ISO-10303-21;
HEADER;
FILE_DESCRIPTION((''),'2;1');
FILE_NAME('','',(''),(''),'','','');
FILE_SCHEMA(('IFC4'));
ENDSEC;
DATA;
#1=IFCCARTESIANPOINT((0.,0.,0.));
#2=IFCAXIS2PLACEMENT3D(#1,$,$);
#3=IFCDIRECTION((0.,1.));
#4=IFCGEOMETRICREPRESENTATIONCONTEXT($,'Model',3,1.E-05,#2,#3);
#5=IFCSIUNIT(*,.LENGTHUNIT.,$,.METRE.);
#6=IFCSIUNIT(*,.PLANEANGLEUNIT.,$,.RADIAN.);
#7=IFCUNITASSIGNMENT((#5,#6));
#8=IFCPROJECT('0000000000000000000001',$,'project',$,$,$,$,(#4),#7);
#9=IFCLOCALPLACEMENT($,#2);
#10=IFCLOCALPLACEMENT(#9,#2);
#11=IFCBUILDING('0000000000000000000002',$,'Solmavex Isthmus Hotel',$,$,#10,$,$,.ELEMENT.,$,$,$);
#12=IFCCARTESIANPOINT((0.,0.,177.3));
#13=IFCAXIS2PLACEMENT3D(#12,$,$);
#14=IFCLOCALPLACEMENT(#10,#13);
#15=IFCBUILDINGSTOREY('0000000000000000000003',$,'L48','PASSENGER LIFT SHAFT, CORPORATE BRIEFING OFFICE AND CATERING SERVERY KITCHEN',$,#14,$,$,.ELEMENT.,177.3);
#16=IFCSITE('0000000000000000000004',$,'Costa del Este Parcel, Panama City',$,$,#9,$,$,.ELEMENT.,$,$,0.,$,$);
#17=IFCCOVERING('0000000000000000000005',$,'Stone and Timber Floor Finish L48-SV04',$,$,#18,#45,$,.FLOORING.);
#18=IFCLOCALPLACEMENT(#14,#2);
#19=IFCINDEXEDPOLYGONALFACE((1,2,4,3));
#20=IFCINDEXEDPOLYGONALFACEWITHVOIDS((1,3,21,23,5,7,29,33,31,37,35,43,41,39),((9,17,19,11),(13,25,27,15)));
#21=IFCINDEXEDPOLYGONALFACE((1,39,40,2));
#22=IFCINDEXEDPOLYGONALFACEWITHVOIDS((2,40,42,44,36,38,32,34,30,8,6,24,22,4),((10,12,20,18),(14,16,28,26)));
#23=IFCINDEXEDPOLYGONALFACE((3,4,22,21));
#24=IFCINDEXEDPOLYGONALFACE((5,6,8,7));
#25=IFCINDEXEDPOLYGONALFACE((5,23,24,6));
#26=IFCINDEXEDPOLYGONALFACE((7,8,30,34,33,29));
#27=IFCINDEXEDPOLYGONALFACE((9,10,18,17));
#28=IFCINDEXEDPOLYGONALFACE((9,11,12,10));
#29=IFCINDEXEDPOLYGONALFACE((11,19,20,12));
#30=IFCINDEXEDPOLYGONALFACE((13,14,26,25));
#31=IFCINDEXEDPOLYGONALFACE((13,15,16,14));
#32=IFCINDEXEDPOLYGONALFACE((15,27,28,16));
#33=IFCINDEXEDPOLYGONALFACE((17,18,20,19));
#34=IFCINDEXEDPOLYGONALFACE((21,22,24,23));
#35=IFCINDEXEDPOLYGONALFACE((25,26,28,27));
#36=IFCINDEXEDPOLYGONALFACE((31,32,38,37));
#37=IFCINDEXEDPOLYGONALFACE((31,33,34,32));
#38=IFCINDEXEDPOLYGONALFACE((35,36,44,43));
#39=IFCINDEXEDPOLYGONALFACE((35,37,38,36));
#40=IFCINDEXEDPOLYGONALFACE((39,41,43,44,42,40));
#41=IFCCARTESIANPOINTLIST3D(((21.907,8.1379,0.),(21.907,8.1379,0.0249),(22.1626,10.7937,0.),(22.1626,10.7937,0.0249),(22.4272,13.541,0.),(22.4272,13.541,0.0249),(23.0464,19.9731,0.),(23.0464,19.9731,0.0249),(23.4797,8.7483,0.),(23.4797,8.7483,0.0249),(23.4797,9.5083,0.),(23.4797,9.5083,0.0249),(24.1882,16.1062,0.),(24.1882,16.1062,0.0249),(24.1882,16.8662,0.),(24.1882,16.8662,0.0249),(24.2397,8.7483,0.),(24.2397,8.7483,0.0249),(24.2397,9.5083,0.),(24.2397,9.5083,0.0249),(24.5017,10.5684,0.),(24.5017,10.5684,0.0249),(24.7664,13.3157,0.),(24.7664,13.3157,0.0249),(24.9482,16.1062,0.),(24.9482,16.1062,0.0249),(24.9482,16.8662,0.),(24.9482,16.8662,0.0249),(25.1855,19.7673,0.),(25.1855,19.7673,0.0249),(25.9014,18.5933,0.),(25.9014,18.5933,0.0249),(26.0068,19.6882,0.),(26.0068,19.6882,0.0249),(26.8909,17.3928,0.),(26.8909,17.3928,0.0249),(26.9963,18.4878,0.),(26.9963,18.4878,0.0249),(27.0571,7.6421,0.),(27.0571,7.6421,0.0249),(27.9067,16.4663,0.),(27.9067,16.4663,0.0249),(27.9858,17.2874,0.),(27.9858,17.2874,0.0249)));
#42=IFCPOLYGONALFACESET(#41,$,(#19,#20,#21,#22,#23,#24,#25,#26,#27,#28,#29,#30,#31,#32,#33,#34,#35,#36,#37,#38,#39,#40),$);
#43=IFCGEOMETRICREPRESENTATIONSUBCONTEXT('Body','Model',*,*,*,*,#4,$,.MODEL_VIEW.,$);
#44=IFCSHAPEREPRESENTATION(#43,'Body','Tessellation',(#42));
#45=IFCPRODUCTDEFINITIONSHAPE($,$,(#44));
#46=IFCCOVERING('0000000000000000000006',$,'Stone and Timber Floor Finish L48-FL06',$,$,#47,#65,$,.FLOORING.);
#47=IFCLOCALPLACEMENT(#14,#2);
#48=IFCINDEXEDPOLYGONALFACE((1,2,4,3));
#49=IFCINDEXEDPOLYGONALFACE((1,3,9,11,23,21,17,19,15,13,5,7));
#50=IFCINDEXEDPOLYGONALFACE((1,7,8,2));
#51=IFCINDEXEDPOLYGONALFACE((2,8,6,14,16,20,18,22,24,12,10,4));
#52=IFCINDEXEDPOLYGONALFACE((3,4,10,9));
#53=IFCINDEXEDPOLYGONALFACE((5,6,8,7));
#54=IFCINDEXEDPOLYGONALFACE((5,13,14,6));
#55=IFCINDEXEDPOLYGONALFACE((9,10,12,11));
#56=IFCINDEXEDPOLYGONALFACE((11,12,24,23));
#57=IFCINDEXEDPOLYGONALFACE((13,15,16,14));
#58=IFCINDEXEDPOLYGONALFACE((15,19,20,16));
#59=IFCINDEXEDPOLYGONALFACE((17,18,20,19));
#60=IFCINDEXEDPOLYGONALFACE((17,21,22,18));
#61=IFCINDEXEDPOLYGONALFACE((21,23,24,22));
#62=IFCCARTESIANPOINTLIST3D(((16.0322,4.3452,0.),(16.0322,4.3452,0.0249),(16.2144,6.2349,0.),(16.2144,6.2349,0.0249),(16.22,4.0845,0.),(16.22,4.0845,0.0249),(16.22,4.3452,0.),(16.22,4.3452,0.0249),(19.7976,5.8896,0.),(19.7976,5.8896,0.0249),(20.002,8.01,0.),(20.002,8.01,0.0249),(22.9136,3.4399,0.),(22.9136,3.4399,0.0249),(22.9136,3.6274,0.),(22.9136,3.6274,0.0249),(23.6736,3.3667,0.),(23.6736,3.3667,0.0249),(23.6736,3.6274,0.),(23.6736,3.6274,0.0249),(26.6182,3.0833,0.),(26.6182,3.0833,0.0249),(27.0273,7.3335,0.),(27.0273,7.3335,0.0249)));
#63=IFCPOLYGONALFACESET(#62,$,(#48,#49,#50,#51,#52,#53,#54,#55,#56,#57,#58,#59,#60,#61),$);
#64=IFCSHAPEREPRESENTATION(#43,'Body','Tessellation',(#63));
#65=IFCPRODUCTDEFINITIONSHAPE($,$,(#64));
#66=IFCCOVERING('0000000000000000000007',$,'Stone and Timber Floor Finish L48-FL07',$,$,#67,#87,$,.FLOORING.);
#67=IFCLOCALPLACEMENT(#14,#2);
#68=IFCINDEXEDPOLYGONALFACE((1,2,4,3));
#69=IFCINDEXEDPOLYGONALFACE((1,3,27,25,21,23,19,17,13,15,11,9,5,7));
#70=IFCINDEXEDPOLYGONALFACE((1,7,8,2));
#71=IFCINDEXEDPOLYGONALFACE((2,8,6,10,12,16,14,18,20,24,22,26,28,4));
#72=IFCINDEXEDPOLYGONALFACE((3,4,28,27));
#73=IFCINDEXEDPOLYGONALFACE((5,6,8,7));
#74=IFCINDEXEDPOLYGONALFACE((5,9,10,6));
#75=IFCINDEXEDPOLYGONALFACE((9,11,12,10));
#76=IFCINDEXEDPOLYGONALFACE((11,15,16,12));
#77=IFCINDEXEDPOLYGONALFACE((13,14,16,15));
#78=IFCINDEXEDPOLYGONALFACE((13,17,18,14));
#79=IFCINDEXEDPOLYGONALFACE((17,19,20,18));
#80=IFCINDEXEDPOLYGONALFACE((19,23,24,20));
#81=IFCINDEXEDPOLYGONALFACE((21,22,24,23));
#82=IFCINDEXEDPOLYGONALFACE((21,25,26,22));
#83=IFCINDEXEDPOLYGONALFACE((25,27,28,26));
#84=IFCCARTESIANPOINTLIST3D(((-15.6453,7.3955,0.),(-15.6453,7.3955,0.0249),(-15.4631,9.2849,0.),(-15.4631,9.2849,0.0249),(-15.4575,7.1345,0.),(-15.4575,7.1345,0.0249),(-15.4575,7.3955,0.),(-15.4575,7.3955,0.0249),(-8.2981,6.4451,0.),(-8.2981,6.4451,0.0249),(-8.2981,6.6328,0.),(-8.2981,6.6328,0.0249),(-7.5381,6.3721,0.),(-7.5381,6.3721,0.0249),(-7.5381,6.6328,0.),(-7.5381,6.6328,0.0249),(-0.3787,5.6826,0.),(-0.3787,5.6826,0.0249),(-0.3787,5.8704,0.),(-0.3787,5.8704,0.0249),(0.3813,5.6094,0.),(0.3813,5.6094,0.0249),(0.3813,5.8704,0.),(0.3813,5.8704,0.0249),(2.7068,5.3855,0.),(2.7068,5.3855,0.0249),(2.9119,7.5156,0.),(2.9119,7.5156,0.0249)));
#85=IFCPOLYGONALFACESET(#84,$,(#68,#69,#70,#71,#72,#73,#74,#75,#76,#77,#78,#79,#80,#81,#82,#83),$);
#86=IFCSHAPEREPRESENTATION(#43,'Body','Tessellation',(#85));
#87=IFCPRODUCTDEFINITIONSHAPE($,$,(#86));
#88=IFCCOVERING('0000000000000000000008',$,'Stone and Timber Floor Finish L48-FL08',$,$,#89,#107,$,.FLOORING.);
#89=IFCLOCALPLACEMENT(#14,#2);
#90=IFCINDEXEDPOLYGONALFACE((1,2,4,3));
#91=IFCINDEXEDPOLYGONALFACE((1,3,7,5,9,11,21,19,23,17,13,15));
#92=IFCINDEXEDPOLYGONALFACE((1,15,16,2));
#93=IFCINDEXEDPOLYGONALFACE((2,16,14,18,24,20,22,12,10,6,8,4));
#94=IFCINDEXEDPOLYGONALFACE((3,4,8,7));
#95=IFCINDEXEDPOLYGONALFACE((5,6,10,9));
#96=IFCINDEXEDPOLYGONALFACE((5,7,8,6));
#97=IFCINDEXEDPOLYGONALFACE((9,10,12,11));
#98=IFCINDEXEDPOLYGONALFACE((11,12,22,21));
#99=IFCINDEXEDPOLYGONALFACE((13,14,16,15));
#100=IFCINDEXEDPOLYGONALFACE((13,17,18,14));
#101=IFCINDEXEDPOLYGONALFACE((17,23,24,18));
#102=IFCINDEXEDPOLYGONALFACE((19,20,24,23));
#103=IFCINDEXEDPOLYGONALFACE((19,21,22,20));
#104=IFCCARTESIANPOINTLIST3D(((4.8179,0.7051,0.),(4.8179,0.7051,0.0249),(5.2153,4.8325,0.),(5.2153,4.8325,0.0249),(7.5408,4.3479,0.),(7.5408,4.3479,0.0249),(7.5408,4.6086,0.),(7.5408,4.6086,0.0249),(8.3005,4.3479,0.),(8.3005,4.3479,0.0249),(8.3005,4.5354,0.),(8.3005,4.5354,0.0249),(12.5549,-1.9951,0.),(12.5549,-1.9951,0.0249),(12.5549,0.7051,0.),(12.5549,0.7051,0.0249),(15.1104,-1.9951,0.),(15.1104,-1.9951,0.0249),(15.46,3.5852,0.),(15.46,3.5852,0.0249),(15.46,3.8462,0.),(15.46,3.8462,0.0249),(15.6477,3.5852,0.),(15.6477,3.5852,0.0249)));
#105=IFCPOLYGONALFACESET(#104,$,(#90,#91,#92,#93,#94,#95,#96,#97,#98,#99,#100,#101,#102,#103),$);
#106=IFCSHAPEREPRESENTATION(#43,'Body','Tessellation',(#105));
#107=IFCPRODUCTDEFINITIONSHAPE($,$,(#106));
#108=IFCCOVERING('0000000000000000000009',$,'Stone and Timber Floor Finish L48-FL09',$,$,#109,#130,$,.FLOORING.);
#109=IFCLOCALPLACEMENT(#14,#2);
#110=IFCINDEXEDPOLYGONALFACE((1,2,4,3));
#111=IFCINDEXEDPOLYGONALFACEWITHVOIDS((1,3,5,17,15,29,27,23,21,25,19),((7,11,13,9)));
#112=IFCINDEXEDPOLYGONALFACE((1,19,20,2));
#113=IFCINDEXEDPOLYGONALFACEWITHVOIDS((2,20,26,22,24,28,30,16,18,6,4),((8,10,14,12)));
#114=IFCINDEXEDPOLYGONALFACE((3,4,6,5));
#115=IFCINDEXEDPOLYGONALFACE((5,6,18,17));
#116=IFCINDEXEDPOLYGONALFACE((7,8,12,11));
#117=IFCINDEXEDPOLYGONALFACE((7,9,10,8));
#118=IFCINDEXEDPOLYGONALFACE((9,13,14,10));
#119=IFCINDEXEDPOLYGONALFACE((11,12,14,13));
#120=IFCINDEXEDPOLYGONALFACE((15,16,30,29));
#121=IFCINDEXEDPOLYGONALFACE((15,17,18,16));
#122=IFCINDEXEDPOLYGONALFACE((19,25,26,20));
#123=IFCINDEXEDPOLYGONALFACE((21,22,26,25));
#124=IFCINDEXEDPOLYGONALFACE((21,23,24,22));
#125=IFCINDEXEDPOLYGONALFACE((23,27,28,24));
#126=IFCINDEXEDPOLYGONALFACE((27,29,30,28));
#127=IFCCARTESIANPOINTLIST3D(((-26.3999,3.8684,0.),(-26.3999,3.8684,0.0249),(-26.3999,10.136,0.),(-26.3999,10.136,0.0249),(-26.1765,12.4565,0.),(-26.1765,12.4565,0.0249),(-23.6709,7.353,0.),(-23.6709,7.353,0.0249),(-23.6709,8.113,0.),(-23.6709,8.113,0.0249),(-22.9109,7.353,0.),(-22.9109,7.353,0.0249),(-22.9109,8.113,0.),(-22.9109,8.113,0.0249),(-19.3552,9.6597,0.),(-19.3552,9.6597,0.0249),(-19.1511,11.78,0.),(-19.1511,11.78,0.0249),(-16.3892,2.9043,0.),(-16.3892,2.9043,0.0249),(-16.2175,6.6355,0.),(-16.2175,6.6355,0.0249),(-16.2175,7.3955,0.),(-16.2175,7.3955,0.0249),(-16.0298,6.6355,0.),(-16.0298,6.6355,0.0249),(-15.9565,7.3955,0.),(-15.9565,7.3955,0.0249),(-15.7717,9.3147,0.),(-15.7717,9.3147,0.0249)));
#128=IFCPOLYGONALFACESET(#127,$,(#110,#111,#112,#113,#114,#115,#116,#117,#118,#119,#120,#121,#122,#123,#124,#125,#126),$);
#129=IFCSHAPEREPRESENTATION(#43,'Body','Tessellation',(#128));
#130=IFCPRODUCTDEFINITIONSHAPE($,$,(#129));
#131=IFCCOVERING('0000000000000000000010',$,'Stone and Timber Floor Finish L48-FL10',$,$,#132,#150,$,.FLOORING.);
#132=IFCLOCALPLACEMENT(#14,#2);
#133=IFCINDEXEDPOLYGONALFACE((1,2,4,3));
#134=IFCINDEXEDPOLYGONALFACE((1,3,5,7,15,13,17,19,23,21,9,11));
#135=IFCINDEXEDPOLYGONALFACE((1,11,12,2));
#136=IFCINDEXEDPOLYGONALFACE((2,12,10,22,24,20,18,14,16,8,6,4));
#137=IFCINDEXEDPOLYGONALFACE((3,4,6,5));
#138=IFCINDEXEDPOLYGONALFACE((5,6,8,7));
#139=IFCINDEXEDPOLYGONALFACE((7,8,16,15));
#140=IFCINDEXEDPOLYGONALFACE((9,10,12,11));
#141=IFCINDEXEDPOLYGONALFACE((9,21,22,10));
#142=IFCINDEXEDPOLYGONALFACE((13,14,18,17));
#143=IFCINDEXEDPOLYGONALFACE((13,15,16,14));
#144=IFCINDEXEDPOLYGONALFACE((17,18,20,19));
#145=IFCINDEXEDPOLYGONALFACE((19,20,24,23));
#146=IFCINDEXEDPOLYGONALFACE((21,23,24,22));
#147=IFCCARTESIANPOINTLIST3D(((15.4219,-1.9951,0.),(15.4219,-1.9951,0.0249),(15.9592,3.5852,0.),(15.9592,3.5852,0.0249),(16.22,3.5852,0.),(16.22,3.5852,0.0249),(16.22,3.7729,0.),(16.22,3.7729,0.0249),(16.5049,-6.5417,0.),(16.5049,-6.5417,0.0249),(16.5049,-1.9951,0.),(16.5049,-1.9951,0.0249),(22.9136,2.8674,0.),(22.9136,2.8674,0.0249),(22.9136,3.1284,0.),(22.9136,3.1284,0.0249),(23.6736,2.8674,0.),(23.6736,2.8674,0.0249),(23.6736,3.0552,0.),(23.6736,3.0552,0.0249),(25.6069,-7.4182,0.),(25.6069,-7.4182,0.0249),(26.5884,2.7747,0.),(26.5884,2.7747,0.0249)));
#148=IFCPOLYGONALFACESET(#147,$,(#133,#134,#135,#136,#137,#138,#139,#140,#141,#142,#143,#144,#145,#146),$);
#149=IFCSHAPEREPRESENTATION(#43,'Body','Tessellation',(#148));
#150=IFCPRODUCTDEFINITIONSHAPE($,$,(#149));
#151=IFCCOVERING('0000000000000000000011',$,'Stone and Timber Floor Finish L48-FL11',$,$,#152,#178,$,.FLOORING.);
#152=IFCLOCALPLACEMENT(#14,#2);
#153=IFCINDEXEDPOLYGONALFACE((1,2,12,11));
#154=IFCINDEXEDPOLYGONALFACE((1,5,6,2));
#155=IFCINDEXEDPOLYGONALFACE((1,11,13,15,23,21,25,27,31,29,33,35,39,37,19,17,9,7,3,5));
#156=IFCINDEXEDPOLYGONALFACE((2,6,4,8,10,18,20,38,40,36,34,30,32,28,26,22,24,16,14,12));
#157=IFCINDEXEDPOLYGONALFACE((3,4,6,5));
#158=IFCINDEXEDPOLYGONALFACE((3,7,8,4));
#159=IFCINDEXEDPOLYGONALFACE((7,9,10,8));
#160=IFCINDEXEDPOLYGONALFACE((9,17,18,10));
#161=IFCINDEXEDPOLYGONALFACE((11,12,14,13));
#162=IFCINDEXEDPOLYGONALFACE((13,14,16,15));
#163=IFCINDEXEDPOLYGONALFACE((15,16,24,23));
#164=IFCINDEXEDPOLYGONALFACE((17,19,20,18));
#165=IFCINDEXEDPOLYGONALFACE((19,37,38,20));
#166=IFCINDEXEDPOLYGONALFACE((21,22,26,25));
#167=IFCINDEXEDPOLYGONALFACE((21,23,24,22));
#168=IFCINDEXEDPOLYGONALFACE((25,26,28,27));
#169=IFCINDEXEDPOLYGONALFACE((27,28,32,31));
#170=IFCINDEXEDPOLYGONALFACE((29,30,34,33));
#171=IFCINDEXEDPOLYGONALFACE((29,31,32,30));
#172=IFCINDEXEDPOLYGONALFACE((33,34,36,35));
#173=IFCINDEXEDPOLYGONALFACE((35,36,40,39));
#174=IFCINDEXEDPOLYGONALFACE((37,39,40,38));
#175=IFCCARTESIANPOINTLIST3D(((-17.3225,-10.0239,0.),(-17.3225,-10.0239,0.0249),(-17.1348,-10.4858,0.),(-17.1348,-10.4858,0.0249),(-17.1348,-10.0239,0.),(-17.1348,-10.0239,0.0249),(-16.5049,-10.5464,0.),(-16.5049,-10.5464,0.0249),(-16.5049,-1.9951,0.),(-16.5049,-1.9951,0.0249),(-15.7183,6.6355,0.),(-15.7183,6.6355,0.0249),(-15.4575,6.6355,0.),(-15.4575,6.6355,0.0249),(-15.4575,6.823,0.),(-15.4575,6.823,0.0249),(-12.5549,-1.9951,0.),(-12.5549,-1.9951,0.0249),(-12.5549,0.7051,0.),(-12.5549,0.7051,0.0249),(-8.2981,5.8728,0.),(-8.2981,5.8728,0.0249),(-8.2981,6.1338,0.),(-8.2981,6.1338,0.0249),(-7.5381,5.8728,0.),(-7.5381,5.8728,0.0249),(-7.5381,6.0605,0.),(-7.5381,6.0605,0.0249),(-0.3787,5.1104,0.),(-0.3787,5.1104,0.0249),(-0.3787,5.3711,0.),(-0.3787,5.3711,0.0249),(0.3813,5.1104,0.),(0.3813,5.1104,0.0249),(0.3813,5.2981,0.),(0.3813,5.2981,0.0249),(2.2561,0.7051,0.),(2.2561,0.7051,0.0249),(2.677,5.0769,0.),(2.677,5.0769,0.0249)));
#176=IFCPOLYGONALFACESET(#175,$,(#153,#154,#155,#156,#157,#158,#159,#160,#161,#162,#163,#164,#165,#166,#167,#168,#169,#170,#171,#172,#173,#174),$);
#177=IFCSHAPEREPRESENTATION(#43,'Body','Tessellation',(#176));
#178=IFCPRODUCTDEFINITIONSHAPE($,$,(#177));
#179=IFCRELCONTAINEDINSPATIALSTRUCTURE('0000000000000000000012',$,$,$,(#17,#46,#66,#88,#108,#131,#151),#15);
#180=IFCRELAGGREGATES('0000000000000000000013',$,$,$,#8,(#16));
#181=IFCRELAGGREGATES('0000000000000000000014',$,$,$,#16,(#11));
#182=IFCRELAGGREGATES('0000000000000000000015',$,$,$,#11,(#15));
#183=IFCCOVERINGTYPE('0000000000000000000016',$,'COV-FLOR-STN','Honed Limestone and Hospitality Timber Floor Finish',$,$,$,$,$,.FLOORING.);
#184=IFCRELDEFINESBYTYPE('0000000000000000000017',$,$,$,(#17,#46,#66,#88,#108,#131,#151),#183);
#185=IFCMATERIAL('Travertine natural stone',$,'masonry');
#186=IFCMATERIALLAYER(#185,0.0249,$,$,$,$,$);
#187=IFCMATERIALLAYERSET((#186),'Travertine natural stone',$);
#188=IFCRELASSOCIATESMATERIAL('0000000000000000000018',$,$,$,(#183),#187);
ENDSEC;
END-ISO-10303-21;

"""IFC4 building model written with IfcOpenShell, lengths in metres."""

from ifc_helpers import new_model, si_unit, direction, frame, origin, place, context, subcontext, project, spatial, polyline, outline, extrude, material, layer, layer_set, type_object, element, save


model = new_model("IFC4")

# Units and contexts
model_context = context("Model", 3, precision=1e-05, world=origin(), true_north=direction((0.0, 1.0)))
body_context = subcontext(model_context, "Body", "Model", "MODEL_VIEW")
ifc_project = project(units=[si_unit("LENGTHUNIT", "METRE"), si_unit("PLANEANGLEUNIT", "RADIAN")], contexts=[model_context])

# Site, building, storey
site_placement = place(None, origin())
site = spatial("IfcSite", under=ifc_project, at=site_placement, Name="Costa del Este Parcel, Panama City", CompositionType="ELEMENT", RefElevation=0.0)
building_placement = place(site_placement, origin())
building = spatial("IfcBuilding", under=site, at=building_placement, Name="Solmavex Isthmus Hotel", CompositionType="ELEMENT")
storey_placement = place(building_placement, frame((0.0, 0.0, 177.3)))
storey = spatial("IfcBuildingStorey", under=building, at=storey_placement, Name="L48", Description="PASSENGER LIFT SHAFT, CORPORATE BRIEFING OFFICE AND CATERING SERVERY KITCHEN", CompositionType="ELEMENT", Elevation=177.3)

# Coverings
ifc_material_1 = material(Name="Travertine natural stone", Category="masonry")
ifc_layer_1 = layer(ifc_material_1, 0.0249)
ifc_layer_set_1 = layer_set([ifc_layer_1], Name="Travertine natural stone")
covering_type_1 = type_object("IfcCoveringType", Name="COV-FLOR-STN", Description="Honed Limestone and Hospitality Timber Floor Finish", PredefinedType="FLOORING", material=ifc_layer_set_1)
covering_1_placement = place(storey_placement, origin())
element("IfcCovering", 1, at=covering_1_placement, inside=storey, type_object=covering_type_1, Name="Stone and Timber Floor Finish L48-SV04", PredefinedType="FLOORING", context=body_context, shape_type="SweptSolid", body=[
    extrude(outline(polyline([(25.9014, 18.5933), (26.0068, 19.6882), (25.1855, 19.7673), (23.0464, 19.9731), (22.4272, 13.541), (24.7664, 13.3157), (24.5017, 10.5684), (22.1626, 10.7937), (21.907, 8.1379), (27.0571, 7.6421), (27.9067, 16.4663), (27.9858, 17.2874), (26.8909, 17.3928), (26.9963, 18.4878), (25.9014, 18.5933)]), holes=[polyline([(24.1882, 16.1062), (24.1882, 16.8662), (24.9482, 16.8662), (24.9482, 16.1062), (24.1882, 16.1062)]), polyline([(23.4797, 8.7483), (23.4797, 9.5083), (24.2397, 9.5083), (24.2397, 8.7483), (23.4797, 8.7483)])]), origin(), (0.0, 0.0, 1.0), 0.0249),
])
covering_2_placement = place(storey_placement, origin())
element("IfcCovering", 2, at=covering_2_placement, inside=storey, type_object=covering_type_1, Name="Stone and Timber Floor Finish L48-FL06", PredefinedType="FLOORING", context=body_context, shape_type="SweptSolid", body=[
    extrude(outline(polyline([(22.9136, 3.4399), (22.9136, 3.6274), (23.6736, 3.6274), (23.6736, 3.3667), (26.6182, 3.0833), (27.0273, 7.3335), (20.002, 8.01), (19.7976, 5.8896), (16.2144, 6.2349), (16.0322, 4.3452), (16.22, 4.3452), (16.22, 4.0845), (22.9136, 3.4399)])), origin(), (0.0, 0.0, 1.0), 0.0249),
])
covering_3_placement = place(storey_placement, origin())
element("IfcCovering", 3, at=covering_3_placement, inside=storey, type_object=covering_type_1, Name="Stone and Timber Floor Finish L48-FL07", PredefinedType="FLOORING", context=body_context, shape_type="SweptSolid", body=[
    extrude(outline(polyline([(-0.3787, 5.6826), (-0.3787, 5.8704), (0.3813, 5.8704), (0.3813, 5.6094), (2.7068, 5.3855), (2.9119, 7.5156), (-15.4631, 9.2849), (-15.6453, 7.3955), (-15.4575, 7.3955), (-15.4575, 7.1345), (-8.2981, 6.4451), (-8.2981, 6.6328), (-7.5381, 6.6328), (-7.5381, 6.3721), (-0.3787, 5.6826)])), origin(), (0.0, 0.0, 1.0), 0.0249),
])
covering_4_placement = place(storey_placement, origin())
element("IfcCovering", 4, at=covering_4_placement, inside=storey, type_object=covering_type_1, Name="Stone and Timber Floor Finish L48-FL08", PredefinedType="FLOORING", context=body_context, shape_type="SweptSolid", body=[
    extrude(outline(polyline([(8.3005, 4.5354), (8.3005, 4.3479), (7.5408, 4.3479), (7.5408, 4.6086), (5.2153, 4.8325), (4.8179, 0.7051), (12.5549, 0.7051), (12.5549, -1.9951), (15.1104, -1.9951), (15.6477, 3.5852), (15.46, 3.5852), (15.46, 3.8462), (8.3005, 4.5354)])), origin(), (0.0, 0.0, 1.0), 0.0249),
])
covering_5_placement = place(storey_placement, origin())
element("IfcCovering", 5, at=covering_5_placement, inside=storey, type_object=covering_type_1, Name="Stone and Timber Floor Finish L48-FL09", PredefinedType="FLOORING", context=body_context, shape_type="SweptSolid", body=[
    extrude(outline(polyline([(-16.0298, 6.6355), (-16.2175, 6.6355), (-16.2175, 7.3955), (-15.9565, 7.3955), (-15.7717, 9.3147), (-19.3552, 9.6597), (-19.1511, 11.78), (-26.1765, 12.4565), (-26.3999, 10.136), (-26.3999, 3.8684), (-16.3892, 2.9043), (-16.0298, 6.6355)]), holes=[polyline([(-23.6709, 7.353), (-23.6709, 8.113), (-22.9109, 8.113), (-22.9109, 7.353), (-23.6709, 7.353)])]), origin(), (0.0, 0.0, 1.0), 0.0249),
])
covering_6_placement = place(storey_placement, origin())
element("IfcCovering", 6, at=covering_6_placement, inside=storey, type_object=covering_type_1, Name="Stone and Timber Floor Finish L48-FL10", PredefinedType="FLOORING", context=body_context, shape_type="SweptSolid", body=[
    extrude(outline(polyline([(16.22, 3.7729), (16.22, 3.5852), (15.9592, 3.5852), (15.4219, -1.9951), (16.5049, -1.9951), (16.5049, -6.5417), (25.6069, -7.4182), (26.5884, 2.7747), (23.6736, 3.0552), (23.6736, 2.8674), (22.9136, 2.8674), (22.9136, 3.1284), (16.22, 3.7729)])), origin(), (0.0, 0.0, 1.0), 0.0249),
])
covering_7_placement = place(storey_placement, origin())
element("IfcCovering", 7, at=covering_7_placement, inside=storey, type_object=covering_type_1, Name="Stone and Timber Floor Finish L48-FL11", PredefinedType="FLOORING", context=body_context, shape_type="SweptSolid", body=[
    extrude(outline(polyline([(-17.3225, -10.0239), (-17.1348, -10.0239), (-17.1348, -10.4858), (-16.5049, -10.5464), (-16.5049, -1.9951), (-12.5549, -1.9951), (-12.5549, 0.7051), (2.2561, 0.7051), (2.677, 5.0769), (0.3813, 5.2981), (0.3813, 5.1104), (-0.3787, 5.1104), (-0.3787, 5.3711), (-7.5381, 6.0605), (-7.5381, 5.8728), (-8.2981, 5.8728), (-8.2981, 6.1338), (-15.4575, 6.823), (-15.4575, 6.6355), (-15.7183, 6.6355), (-17.3225, -10.0239)])), origin(), (0.0, 0.0, 1.0), 0.0249),
])

save(model, "model.ifc")
